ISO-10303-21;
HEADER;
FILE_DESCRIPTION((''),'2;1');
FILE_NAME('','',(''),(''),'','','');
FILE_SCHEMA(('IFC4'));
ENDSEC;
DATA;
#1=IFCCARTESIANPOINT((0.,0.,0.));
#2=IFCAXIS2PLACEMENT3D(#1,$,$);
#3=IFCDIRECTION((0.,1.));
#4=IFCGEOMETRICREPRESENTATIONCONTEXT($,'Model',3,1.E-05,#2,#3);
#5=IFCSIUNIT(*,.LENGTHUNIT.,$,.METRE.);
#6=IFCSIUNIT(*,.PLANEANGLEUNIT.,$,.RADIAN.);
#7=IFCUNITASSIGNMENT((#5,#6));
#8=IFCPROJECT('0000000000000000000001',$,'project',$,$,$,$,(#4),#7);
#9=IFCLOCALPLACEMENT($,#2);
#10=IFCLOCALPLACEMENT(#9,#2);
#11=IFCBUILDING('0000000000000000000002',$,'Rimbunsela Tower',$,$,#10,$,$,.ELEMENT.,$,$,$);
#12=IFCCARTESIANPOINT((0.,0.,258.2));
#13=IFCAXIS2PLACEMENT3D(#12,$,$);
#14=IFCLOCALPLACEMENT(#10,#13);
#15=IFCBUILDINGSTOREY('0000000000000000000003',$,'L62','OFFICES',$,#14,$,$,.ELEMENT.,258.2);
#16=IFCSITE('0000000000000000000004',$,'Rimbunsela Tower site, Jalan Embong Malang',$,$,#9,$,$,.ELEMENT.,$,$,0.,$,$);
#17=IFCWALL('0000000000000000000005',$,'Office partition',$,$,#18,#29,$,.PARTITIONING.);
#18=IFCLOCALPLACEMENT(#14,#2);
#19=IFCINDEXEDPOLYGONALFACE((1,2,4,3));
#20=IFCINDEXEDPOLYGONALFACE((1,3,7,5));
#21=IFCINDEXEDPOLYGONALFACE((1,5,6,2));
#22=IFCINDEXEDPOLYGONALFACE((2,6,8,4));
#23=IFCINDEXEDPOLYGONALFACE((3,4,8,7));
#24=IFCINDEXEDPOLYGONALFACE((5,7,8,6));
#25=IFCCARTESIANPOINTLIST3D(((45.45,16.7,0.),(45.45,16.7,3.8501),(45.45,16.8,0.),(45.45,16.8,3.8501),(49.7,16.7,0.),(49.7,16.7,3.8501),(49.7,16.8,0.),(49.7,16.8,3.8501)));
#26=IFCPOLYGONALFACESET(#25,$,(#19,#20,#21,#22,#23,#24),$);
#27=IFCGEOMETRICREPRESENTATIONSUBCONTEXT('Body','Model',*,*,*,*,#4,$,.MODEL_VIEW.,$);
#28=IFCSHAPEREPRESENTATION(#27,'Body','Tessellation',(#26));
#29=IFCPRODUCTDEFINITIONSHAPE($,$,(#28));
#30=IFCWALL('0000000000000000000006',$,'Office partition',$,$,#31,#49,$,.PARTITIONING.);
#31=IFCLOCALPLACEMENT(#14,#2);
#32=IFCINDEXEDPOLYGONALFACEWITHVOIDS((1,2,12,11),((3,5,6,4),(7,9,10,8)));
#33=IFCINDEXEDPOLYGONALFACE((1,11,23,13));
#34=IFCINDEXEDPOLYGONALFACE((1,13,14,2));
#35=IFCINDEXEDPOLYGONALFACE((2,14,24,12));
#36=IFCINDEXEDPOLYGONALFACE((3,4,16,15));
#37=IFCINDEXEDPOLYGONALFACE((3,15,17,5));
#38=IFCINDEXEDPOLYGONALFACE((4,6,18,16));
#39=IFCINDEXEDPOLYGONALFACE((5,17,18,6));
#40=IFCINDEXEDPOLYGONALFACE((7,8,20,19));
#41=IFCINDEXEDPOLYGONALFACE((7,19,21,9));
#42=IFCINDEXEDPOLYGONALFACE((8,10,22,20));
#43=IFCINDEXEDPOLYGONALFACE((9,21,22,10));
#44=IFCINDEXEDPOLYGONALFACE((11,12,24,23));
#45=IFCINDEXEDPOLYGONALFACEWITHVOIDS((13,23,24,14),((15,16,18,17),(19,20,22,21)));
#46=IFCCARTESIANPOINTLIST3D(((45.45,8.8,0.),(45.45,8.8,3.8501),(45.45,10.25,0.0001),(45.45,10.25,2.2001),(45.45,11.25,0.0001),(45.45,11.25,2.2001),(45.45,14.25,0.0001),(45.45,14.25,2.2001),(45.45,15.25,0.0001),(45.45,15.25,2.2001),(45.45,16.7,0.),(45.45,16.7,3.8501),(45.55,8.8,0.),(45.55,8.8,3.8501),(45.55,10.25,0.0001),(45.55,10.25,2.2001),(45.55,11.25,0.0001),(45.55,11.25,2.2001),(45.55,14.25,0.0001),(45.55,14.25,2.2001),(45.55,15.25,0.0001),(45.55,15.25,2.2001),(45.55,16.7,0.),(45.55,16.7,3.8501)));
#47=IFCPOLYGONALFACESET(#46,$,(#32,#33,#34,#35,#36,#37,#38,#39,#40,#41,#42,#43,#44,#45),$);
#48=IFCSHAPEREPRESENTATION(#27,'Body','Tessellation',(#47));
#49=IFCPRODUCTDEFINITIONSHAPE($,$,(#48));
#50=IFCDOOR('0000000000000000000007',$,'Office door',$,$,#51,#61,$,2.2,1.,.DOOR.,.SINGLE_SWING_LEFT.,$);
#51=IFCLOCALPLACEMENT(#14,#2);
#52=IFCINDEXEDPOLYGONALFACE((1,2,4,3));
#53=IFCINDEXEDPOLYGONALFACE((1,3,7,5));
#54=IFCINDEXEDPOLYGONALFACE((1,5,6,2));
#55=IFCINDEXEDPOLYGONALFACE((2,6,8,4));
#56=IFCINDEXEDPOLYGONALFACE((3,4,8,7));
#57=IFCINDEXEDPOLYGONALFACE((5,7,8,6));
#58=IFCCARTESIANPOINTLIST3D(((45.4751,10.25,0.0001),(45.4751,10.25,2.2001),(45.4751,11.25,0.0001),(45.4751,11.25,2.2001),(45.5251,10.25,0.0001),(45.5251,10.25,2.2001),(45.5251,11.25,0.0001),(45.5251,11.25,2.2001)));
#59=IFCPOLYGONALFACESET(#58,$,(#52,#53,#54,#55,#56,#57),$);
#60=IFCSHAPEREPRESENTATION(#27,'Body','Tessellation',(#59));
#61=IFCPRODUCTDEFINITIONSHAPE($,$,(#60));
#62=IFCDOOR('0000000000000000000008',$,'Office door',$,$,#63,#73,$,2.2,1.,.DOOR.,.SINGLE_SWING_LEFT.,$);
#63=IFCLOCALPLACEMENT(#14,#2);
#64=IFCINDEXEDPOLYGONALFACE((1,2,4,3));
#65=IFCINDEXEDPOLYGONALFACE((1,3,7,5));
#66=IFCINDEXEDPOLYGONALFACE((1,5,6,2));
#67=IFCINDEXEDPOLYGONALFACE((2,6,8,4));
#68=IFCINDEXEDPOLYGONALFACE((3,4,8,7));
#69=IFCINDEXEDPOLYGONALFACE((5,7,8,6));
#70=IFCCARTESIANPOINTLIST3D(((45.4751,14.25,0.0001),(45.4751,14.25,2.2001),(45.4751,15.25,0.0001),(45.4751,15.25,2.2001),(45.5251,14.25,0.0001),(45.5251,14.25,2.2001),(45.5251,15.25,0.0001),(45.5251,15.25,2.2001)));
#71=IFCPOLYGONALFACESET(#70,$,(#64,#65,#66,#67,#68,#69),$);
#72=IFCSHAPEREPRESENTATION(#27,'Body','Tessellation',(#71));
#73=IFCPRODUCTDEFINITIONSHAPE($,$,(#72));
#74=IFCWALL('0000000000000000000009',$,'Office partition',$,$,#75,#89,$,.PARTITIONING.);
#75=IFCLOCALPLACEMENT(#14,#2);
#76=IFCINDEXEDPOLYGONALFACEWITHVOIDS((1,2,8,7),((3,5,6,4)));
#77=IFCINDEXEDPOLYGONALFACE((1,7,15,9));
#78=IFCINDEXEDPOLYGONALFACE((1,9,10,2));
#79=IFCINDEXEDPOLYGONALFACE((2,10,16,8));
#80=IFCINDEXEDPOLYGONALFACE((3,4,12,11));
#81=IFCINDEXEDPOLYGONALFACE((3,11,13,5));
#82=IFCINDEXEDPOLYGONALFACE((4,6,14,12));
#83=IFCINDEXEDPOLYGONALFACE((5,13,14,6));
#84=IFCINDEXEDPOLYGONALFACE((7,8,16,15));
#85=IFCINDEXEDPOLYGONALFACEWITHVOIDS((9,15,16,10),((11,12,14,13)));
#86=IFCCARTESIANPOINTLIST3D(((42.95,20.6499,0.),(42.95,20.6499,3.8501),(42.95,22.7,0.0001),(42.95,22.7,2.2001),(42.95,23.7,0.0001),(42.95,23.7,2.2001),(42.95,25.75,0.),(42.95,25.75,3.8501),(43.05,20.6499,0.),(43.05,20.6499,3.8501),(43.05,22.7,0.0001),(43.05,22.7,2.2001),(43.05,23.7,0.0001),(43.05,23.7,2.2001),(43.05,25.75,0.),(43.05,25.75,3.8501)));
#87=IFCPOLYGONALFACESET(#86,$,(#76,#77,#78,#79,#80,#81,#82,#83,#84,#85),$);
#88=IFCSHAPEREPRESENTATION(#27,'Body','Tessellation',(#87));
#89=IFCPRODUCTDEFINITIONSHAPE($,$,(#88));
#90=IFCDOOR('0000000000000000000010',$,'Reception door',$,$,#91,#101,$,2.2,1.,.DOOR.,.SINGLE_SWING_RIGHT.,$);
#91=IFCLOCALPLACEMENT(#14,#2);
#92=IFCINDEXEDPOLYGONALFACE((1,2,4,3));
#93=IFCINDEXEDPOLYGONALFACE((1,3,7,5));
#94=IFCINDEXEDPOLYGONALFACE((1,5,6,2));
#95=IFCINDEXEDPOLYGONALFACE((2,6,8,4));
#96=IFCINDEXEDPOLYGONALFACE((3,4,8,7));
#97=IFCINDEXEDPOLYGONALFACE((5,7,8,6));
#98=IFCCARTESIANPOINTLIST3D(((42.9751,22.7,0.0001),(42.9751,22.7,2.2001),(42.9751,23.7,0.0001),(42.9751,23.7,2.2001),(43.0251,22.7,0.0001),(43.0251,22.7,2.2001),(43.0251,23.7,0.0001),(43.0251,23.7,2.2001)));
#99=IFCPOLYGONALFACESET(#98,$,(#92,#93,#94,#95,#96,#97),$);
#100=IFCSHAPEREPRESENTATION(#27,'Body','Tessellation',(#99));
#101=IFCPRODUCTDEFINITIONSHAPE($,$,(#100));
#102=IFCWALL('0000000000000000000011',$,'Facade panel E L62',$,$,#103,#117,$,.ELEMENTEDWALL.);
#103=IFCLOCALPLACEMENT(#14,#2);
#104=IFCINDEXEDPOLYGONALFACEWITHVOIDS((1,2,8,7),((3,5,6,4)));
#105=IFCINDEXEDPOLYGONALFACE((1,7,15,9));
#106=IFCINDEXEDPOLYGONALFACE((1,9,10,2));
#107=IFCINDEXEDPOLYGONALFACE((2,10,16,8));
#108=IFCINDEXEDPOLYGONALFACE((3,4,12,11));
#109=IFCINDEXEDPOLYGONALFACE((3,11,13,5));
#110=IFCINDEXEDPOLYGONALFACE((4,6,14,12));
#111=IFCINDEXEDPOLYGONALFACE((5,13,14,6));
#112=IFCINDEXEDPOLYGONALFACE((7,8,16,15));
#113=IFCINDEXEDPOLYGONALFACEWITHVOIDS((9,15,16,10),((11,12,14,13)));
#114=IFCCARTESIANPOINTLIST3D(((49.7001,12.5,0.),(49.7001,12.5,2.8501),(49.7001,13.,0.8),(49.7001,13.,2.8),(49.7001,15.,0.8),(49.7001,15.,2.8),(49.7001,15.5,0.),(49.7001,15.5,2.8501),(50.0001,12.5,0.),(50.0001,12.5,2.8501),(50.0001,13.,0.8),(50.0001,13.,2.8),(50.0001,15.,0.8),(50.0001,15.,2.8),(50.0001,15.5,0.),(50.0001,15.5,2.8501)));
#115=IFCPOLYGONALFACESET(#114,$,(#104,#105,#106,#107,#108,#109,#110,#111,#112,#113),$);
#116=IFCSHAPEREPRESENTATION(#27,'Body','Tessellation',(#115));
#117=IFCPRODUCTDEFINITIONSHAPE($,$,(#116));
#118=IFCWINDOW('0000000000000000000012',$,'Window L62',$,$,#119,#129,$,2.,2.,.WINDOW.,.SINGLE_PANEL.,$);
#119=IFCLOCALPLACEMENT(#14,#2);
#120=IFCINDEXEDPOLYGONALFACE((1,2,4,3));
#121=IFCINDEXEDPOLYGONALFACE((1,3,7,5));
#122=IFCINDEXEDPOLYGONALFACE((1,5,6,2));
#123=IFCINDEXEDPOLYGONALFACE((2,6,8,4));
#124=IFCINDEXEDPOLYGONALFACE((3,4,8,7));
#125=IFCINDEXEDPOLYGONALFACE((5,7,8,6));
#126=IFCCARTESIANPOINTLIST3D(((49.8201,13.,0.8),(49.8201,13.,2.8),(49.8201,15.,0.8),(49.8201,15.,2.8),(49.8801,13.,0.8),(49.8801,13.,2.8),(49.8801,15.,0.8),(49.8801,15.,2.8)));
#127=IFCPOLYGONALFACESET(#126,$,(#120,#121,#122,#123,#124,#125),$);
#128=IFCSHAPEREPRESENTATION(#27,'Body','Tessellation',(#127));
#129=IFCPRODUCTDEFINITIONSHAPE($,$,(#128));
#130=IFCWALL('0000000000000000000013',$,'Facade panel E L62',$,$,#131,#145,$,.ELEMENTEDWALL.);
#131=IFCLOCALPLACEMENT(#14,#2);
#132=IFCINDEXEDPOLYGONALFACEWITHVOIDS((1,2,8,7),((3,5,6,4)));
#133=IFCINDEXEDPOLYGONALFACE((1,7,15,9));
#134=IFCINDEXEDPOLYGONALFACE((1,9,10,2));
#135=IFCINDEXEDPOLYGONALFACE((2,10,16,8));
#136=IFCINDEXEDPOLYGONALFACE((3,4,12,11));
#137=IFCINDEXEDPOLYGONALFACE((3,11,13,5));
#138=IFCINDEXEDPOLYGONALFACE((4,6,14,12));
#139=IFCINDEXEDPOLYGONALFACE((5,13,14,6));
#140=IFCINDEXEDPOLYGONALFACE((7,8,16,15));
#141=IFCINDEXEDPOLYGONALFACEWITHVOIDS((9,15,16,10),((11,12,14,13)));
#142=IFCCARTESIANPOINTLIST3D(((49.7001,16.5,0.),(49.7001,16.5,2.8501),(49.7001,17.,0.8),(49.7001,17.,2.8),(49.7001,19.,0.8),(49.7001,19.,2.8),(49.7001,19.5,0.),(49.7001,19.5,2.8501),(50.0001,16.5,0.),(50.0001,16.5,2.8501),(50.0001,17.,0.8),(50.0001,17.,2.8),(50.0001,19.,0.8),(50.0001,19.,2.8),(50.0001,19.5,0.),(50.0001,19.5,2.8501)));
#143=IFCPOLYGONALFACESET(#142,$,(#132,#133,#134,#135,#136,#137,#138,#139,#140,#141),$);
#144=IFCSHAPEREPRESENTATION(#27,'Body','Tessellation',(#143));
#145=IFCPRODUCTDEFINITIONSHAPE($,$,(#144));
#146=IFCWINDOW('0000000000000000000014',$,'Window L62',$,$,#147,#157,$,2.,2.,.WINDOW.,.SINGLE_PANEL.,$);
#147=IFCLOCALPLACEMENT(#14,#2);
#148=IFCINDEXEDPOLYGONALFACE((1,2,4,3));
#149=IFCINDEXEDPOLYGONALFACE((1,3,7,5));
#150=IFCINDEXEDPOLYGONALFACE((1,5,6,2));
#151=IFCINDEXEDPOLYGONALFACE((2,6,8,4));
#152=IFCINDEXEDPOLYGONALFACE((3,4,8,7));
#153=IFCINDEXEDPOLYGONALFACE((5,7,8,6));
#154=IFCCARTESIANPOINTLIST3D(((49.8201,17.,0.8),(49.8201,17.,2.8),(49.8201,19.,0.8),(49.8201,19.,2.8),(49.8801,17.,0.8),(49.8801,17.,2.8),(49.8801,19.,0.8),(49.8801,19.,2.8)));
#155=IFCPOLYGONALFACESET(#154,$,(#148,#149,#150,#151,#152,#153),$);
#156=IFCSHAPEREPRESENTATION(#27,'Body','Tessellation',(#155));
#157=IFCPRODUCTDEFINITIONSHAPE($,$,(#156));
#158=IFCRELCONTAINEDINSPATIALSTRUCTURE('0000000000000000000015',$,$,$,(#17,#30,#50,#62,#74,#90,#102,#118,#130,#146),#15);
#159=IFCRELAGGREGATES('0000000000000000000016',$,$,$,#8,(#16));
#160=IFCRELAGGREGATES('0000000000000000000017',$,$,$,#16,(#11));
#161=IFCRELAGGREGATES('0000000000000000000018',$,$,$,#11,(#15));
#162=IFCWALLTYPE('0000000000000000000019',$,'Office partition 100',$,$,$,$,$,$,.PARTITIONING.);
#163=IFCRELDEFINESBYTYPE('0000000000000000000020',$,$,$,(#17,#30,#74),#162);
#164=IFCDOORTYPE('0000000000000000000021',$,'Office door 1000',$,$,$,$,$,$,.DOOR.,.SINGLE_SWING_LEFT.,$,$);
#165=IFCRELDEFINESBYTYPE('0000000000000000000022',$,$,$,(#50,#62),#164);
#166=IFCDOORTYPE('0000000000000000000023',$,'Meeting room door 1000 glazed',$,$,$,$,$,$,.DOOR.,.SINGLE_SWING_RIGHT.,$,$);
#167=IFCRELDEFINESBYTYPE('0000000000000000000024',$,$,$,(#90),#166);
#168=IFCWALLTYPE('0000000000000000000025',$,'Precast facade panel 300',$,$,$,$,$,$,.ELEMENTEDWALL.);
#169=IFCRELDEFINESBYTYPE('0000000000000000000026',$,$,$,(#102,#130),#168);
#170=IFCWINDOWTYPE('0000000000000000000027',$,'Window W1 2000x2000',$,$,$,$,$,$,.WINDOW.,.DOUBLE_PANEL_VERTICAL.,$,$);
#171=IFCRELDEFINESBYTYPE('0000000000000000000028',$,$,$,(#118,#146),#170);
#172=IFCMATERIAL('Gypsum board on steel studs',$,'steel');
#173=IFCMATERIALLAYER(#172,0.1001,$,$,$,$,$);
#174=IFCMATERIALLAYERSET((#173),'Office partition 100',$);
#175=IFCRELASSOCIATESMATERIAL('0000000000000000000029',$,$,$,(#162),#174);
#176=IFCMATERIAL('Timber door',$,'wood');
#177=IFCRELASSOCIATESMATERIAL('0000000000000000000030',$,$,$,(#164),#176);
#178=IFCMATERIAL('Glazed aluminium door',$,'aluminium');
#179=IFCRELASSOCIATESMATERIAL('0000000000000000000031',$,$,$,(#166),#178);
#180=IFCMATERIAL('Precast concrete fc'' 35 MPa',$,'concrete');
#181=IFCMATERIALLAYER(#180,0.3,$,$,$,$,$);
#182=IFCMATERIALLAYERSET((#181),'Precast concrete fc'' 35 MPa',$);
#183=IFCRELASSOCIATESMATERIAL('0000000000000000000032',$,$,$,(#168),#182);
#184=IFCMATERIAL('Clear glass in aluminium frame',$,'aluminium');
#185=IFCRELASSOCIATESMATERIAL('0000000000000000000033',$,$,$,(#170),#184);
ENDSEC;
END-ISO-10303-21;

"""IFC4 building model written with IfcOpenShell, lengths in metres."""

from ifc_helpers import new_model, si_unit, direction, frame, frame_2d, origin, place, context, subcontext, project, spatial, rectangle, extrude, material, layer, layer_set, type_object, element, fill, save


model = new_model("IFC4")

# Units and contexts
model_context = context("Model", 3, precision=1e-05, world=origin(), true_north=direction((0.0, 1.0)))
body_context = subcontext(model_context, "Body", "Model", "MODEL_VIEW")
ifc_project = project(units=[si_unit("LENGTHUNIT", "METRE"), si_unit("PLANEANGLEUNIT", "RADIAN")], contexts=[model_context])

# Site, building, storey
site_placement = place(None, origin())
site = spatial("IfcSite", under=ifc_project, at=site_placement, Name="Rimbunsela Tower site, Jalan Embong Malang", CompositionType="ELEMENT", RefElevation=0.0)
building_placement = place(site_placement, origin())
building = spatial("IfcBuilding", under=site, at=building_placement, Name="Rimbunsela Tower", CompositionType="ELEMENT")
storey_placement = place(building_placement, frame((0.0, 0.0, 258.2)))
storey = spatial("IfcBuildingStorey", under=building, at=storey_placement, Name="L62", Description="OFFICES", CompositionType="ELEMENT", Elevation=258.2)

# Wall
ifc_material_1 = material(Name="Gypsum board on steel studs", Category="steel")
ifc_layer_1 = layer(ifc_material_1, 0.1001)
ifc_layer_set_1 = layer_set([ifc_layer_1], Name="Office partition 100")
wall_type_1 = type_object("IfcWallType", Name="Office partition 100", PredefinedType="PARTITIONING", material=ifc_layer_set_1)
wall_1_placement = place(storey_placement, frame((45.45, 16.75, 0.0), z_axis=(0.0, 0.0, 1.0), x_axis=(1.0, 0.0, 0.0)))
element("IfcWall", 1, at=wall_1_placement, inside=storey, type_object=wall_type_1, Name="Office partition", PredefinedType="PARTITIONING", context=body_context, shape_type="SweptSolid", body=[
    extrude(rectangle(XDim=4.25, YDim=0.1001, at=frame_2d((2.125, 0.0))), origin(), (0.0, 0.0, 1.0), 3.8501),
])

# Wall, openings, doors
wall_2_placement = place(storey_placement, frame((45.5, 8.8, 0.0), z_axis=(0.0, 0.0, 1.0), x_axis=(0.0, 1.0, 0.0)))
wall_2 = element("IfcWall", 2, at=wall_2_placement, inside=storey, type_object=wall_type_1, Name="Office partition", PredefinedType="PARTITIONING", context=body_context, shape_type="SweptSolid", body=[
    extrude(rectangle(XDim=7.8999, YDim=0.1001, at=frame_2d((3.95, 0.0))), origin(), (0.0, 0.0, 1.0), 3.8501),
])
opening_1_placement = place(wall_2_placement, frame((1.45, 0.0, 0.0)))
opening_1 = element("IfcOpeningElement", 3, at=opening_1_placement, cuts=wall_2, PredefinedType="OPENING", context=body_context, shape_type="SweptSolid", body=[
    extrude(rectangle(XDim=1.0, YDim=2.2, at=frame_2d((0.5, 1.1001))), frame((0.0, 0.0601, 0.0), z_axis=(0.0, -1.0, 0.0), x_axis=(1.0, 0.0, 0.0)), (0.0, 0.0, 1.0), 0.1201),
])
opening_2_placement = place(wall_2_placement, frame((5.45, 0.0, 0.0)))
opening_2 = element("IfcOpeningElement", 4, at=opening_2_placement, cuts=wall_2, PredefinedType="OPENING", context=body_context, shape_type="SweptSolid", body=[
    extrude(rectangle(XDim=1.0, YDim=2.2, at=frame_2d((0.5, 1.1001))), frame((0.0, 0.0601, 0.0), z_axis=(0.0, -1.0, 0.0), x_axis=(1.0, 0.0, 0.0)), (0.0, 0.0, 1.0), 0.1201),
])
ifc_material_2 = material(Name="Timber door", Category="wood")
door_type_1 = type_object("IfcDoorType", Name="Office door 1000", OperationType="SINGLE_SWING_LEFT", PredefinedType="DOOR", material=ifc_material_2)
door_1_placement = place(opening_1_placement, origin())
door_1 = element("IfcDoor", 5, at=door_1_placement, inside=storey, type_object=door_type_1, Name="Office door", OperationType="SINGLE_SWING_LEFT", OverallHeight=2.2, OverallWidth=1.0, PredefinedType="DOOR", context=body_context, shape_type="SweptSolid", body=[
    extrude(rectangle(XDim=1.0, YDim=2.2, at=frame_2d((0.5, 1.1001))), frame((0.0, 0.0249, 0.0), z_axis=(0.0, -1.0, 0.0), x_axis=(1.0, 0.0, 0.0)), (0.0, 0.0, 1.0), 0.05),
])
fill(opening_1, door_1)
door_2_placement = place(opening_2_placement, origin())
door_2 = element("IfcDoor", 6, at=door_2_placement, inside=storey, type_object=door_type_1, Name="Office door", OperationType="SINGLE_SWING_LEFT", OverallHeight=2.2, OverallWidth=1.0, PredefinedType="DOOR", context=body_context, shape_type="SweptSolid", body=[
    extrude(rectangle(XDim=1.0, YDim=2.2, at=frame_2d((0.5, 1.1001))), frame((0.0, 0.0249, 0.0), z_axis=(0.0, -1.0, 0.0), x_axis=(1.0, 0.0, 0.0)), (0.0, 0.0, 1.0), 0.05),
])
fill(opening_2, door_2)

# Wall, opening, door
wall_3_placement = place(storey_placement, frame((43.0, 20.6499, 0.0), z_axis=(0.0, 0.0, 1.0), x_axis=(0.0, 1.0, 0.0)))
wall_3 = element("IfcWall", 7, at=wall_3_placement, inside=storey, type_object=wall_type_1, Name="Office partition", PredefinedType="PARTITIONING", context=body_context, shape_type="SweptSolid", body=[
    extrude(rectangle(XDim=5.1001, YDim=0.1001, at=frame_2d((2.55, 0.0))), origin(), (0.0, 0.0, 1.0), 3.8501),
])
opening_3_placement = place(wall_3_placement, frame((2.05, 0.0, 0.0)))
opening_3 = element("IfcOpeningElement", 8, at=opening_3_placement, cuts=wall_3, PredefinedType="OPENING", context=body_context, shape_type="SweptSolid", body=[
    extrude(rectangle(XDim=1.0, YDim=2.2, at=frame_2d((0.5, 1.1001))), frame((0.0, 0.0601, 0.0), z_axis=(0.0, -1.0, 0.0), x_axis=(1.0, 0.0, 0.0)), (0.0, 0.0, 1.0), 0.1201),
])
ifc_material_3 = material(Name="Glazed aluminium door", Category="aluminium")
door_type_2 = type_object("IfcDoorType", Name="Meeting room door 1000 glazed", OperationType="SINGLE_SWING_RIGHT", PredefinedType="DOOR", material=ifc_material_3)
door_3_placement = place(opening_3_placement, origin())
door_3 = element("IfcDoor", 9, at=door_3_placement, inside=storey, type_object=door_type_2, Name="Reception door", OperationType="SINGLE_SWING_RIGHT", OverallHeight=2.2, OverallWidth=1.0, PredefinedType="DOOR", context=body_context, shape_type="SweptSolid", body=[
    extrude(rectangle(XDim=1.0, YDim=2.2, at=frame_2d((0.5, 1.1001))), frame((0.0, 0.0249, 0.0), z_axis=(0.0, -1.0, 0.0), x_axis=(1.0, 0.0, 0.0)), (0.0, 0.0, 1.0), 0.05),
])
fill(opening_3, door_3)

# Walls, openings, windows
ifc_material_4 = material(Name="Precast concrete fc' 35 MPa", Category="concrete")
ifc_layer_2 = layer(ifc_material_4, 0.3)
ifc_layer_set_2 = layer_set([ifc_layer_2], Name="Precast concrete fc' 35 MPa")
wall_type_2 = type_object("IfcWallType", Name="Precast facade panel 300", PredefinedType="ELEMENTEDWALL", material=ifc_layer_set_2)
wall_4_placement = place(storey_placement, frame((49.8501, 12.5, 0.0), z_axis=(0.0, 0.0, 1.0), x_axis=(0.0, 1.0, 0.0)))
wall_4 = element("IfcWall", 10, at=wall_4_placement, inside=storey, type_object=wall_type_2, Name="Facade panel E L62", PredefinedType="ELEMENTEDWALL", context=body_context, shape_type="SweptSolid", body=[
    extrude(rectangle(XDim=3.0, YDim=0.3, at=frame_2d((1.5, 0.0))), origin(), (0.0, 0.0, 1.0), 2.8501),
])
opening_4_placement = place(wall_4_placement, frame((0.5, 0.0, 0.8)))
opening_4 = element("IfcOpeningElement", 11, at=opening_4_placement, cuts=wall_4, PredefinedType="OPENING", context=body_context, shape_type="SweptSolid", body=[
    extrude(rectangle(XDim=2.0, YDim=2.0, at=frame_2d((1.0, 1.0))), frame((0.0, 0.1599, 0.0), z_axis=(0.0, -1.0, 0.0), x_axis=(1.0, 0.0, 0.0)), (0.0, 0.0, 1.0), 0.3201),
])
ifc_material_5 = material(Name="Clear glass in aluminium frame", Category="aluminium")
window_type = type_object("IfcWindowType", Name="Window W1 2000x2000", PartitioningType="DOUBLE_PANEL_VERTICAL", PredefinedType="WINDOW", material=ifc_material_5)
window_1_placement = place(opening_4_placement, origin())
window_1 = element("IfcWindow", 12, at=window_1_placement, inside=storey, type_object=window_type, Name="Window L62", OverallHeight=2.0, OverallWidth=2.0, PartitioningType="SINGLE_PANEL", PredefinedType="WINDOW", context=body_context, shape_type="SweptSolid", body=[
    extrude(rectangle(XDim=2.0, YDim=2.0, at=frame_2d((1.0, 1.0))), frame((0.0, 0.03, 0.0), z_axis=(0.0, -1.0, 0.0), x_axis=(1.0, 0.0, 0.0)), (0.0, 0.0, 1.0), 0.0601),
])
fill(opening_4, window_1)
wall_5_placement = place(storey_placement, frame((49.8501, 16.5, 0.0), z_axis=(0.0, 0.0, 1.0), x_axis=(0.0, 1.0, 0.0)))
wall_5 = element("IfcWall", 13, at=wall_5_placement, inside=storey, type_object=wall_type_2, Name="Facade panel E L62", PredefinedType="ELEMENTEDWALL", context=body_context, shape_type="SweptSolid", body=[
    extrude(rectangle(XDim=3.0, YDim=0.3, at=frame_2d((1.5, 0.0))), origin(), (0.0, 0.0, 1.0), 2.8501),
])
opening_5_placement = place(wall_5_placement, frame((0.5, 0.0, 0.8)))
opening_5 = element("IfcOpeningElement", 14, at=opening_5_placement, cuts=wall_5, PredefinedType="OPENING", context=body_context, shape_type="SweptSolid", body=[
    extrude(rectangle(XDim=2.0, YDim=2.0, at=frame_2d((1.0, 1.0))), frame((0.0, 0.1599, 0.0), z_axis=(0.0, -1.0, 0.0), x_axis=(1.0, 0.0, 0.0)), (0.0, 0.0, 1.0), 0.3201),
])
window_2_placement = place(opening_5_placement, origin())
window_2 = element("IfcWindow", 15, at=window_2_placement, inside=storey, type_object=window_type, Name="Window L62", OverallHeight=2.0, OverallWidth=2.0, PartitioningType="SINGLE_PANEL", PredefinedType="WINDOW", context=body_context, shape_type="SweptSolid", body=[
    extrude(rectangle(XDim=2.0, YDim=2.0, at=frame_2d((1.0, 1.0))), frame((0.0, 0.03, 0.0), z_axis=(0.0, -1.0, 0.0), x_axis=(1.0, 0.0, 0.0)), (0.0, 0.0, 1.0), 0.0601),
])
fill(opening_5, window_2)

save(model, "model.ifc")
